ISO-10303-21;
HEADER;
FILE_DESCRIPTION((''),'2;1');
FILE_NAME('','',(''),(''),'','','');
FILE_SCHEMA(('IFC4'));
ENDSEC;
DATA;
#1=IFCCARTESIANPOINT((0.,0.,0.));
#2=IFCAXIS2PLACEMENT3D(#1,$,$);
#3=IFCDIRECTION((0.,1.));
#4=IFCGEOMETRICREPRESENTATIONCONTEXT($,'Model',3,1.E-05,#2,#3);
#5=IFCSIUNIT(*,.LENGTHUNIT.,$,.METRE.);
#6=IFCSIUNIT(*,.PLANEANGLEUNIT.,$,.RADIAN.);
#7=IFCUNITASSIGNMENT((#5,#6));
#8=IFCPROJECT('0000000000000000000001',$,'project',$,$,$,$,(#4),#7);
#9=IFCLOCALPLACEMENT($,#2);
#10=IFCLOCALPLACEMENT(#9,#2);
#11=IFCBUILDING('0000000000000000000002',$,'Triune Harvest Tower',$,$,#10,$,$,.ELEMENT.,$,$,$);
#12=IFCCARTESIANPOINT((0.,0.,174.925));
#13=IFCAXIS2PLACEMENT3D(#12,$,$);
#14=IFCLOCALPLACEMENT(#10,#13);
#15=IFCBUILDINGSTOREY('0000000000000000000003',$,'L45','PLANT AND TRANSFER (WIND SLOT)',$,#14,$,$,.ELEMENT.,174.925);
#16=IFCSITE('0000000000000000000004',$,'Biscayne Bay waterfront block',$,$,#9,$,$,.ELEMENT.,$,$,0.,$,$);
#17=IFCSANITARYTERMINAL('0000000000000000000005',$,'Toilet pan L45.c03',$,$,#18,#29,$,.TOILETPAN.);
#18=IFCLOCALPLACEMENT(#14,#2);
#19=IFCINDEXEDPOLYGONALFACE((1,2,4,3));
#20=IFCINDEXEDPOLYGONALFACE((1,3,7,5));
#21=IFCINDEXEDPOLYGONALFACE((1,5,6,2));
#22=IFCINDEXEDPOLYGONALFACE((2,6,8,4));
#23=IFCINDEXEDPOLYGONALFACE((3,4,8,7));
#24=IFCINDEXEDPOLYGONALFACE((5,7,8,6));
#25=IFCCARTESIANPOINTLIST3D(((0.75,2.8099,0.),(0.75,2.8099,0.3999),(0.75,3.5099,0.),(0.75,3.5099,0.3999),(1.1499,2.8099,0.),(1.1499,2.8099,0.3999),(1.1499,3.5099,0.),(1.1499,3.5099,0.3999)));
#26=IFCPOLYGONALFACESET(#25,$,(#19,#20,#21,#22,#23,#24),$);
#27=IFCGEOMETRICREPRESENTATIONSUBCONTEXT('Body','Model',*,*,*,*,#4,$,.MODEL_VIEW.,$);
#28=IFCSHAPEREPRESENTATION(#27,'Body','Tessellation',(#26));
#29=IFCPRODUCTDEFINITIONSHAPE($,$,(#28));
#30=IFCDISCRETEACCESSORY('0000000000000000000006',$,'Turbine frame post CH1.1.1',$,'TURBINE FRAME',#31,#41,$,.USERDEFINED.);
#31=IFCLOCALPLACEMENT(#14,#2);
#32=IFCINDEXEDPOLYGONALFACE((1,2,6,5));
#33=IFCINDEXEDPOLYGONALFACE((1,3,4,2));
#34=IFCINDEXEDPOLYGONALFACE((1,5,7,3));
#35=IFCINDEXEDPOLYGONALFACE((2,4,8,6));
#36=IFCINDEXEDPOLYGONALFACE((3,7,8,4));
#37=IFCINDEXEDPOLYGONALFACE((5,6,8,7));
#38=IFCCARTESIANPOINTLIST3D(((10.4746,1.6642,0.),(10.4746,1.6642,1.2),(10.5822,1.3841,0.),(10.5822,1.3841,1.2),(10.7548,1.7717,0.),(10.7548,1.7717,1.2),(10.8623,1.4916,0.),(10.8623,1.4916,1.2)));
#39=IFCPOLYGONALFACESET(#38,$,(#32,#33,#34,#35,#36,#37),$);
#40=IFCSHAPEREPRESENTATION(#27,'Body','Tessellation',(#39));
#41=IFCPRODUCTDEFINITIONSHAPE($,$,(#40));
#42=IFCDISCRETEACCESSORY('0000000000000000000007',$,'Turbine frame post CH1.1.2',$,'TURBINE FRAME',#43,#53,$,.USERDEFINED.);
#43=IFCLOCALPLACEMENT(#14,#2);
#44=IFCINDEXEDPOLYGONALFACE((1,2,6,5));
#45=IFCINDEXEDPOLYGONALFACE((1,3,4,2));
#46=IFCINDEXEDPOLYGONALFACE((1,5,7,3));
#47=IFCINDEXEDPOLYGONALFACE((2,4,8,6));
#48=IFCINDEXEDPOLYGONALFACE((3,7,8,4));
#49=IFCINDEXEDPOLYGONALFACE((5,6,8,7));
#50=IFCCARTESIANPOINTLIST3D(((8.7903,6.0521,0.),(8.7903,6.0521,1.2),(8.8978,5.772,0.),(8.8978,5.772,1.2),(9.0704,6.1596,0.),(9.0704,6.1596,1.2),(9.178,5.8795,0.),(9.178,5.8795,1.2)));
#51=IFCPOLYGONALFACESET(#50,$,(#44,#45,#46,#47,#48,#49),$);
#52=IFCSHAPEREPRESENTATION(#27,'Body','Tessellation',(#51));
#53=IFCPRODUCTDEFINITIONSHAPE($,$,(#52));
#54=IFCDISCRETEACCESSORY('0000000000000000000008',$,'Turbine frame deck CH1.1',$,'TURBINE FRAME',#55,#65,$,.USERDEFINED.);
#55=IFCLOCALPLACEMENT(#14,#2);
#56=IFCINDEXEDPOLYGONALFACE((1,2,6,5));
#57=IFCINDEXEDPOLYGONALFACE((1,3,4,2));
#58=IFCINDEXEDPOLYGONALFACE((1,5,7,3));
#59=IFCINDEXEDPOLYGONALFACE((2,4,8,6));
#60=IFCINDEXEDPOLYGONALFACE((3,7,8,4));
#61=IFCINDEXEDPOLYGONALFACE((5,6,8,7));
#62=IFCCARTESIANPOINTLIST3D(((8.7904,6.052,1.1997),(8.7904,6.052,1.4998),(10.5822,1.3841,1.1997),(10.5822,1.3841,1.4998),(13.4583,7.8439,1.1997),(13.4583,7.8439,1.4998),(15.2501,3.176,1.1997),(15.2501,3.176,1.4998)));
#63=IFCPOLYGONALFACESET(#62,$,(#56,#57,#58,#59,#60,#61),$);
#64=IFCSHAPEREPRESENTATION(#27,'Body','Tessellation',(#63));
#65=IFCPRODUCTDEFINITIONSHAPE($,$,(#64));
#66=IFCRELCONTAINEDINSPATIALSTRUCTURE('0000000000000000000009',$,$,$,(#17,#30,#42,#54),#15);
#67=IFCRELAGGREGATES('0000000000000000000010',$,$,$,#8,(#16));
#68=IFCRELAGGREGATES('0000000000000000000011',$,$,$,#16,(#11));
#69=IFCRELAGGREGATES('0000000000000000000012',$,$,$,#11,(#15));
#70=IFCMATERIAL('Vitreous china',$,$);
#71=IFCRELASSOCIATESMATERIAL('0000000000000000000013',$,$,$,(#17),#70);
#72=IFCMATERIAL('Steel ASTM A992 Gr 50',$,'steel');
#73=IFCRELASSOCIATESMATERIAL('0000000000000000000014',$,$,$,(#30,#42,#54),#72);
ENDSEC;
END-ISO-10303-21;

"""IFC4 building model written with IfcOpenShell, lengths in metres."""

from ifc_helpers import new_model, si_unit, direction, frame, origin, origin_2d, place, context, subcontext, project, spatial, rectangle, extrude, source, transform, mapped, material, element, save


model = new_model("IFC4")

# Units and contexts
model_context = context("Model", 3, precision=1e-05, world=origin(), true_north=direction((0.0, 1.0)))
body_context = subcontext(model_context, "Body", "Model", "MODEL_VIEW")
ifc_project = project(units=[si_unit("LENGTHUNIT", "METRE"), si_unit("PLANEANGLEUNIT", "RADIAN")], contexts=[model_context])

# Site, building, storey
site_placement = place(None, origin())
site = spatial("IfcSite", under=ifc_project, at=site_placement, Name="Biscayne Bay waterfront block", CompositionType="ELEMENT", RefElevation=0.0)
building_placement = place(site_placement, origin())
building = spatial("IfcBuilding", under=site, at=building_placement, Name="Triune Harvest Tower", CompositionType="ELEMENT")
storey_placement = place(building_placement, frame((0.0, 0.0, 174.925)))
storey = spatial("IfcBuildingStorey", under=building, at=storey_placement, Name="L45", Description="PLANT AND TRANSFER (WIND SLOT)", CompositionType="ELEMENT", Elevation=174.925)

# Sanitary terminal
ifc_material_1 = material(Name="Vitreous china")
shared_shape_1 = source(origin(), body_context, "Body", "SweptSolid", [
    extrude(rectangle(XDim=0.3999, YDim=0.7, at=origin_2d()), origin(), (0.0, 0.0, 1.0), 0.3999),
])
for number, where, z_axis, x_axis, name in (
    (1, (0.95, 3.1599, 0.0), (0.0, 0.0, 1.0), (-1.0, 0.0, 0.0), "Toilet pan L45.c03"),
):
    element("IfcSanitaryTerminal", number, at=place(storey_placement, frame(where, z_axis=z_axis, x_axis=x_axis)), inside=storey, material=ifc_material_1, Name=name, PredefinedType="TOILETPAN", context=body_context, shape_type="MappedRepresentation", body=[
        mapped(shared_shape_1, transform((0.0, 0.0, 0.0), scale=1.0)),
    ])

# Discrete accessories
ifc_material_2 = material(Name="Steel ASTM A992 Gr 50", Category="steel")
shared_shape_2 = source(origin(), body_context, "Body", "SweptSolid", [
    extrude(rectangle(XDim=0.3, YDim=0.3, at=origin_2d()), origin(), (0.0, 0.0, 1.0), 1.2),
])
for number, where, z_axis, x_axis, name in (
    (2, (10.6685, 1.5779, 0.0), (0.0, 0.0, 1.0), (0.93358, 0.358368, 0.0), "Turbine frame post CH1.1.1"),
    (3, (8.9841, 5.9658, 0.0), (0.0, 0.0, 1.0), (0.93358, 0.358368, 0.0), "Turbine frame post CH1.1.2"),
):
    element("IfcDiscreteAccessory", number, at=place(storey_placement, frame(where, z_axis=z_axis, x_axis=x_axis)), inside=storey, material=ifc_material_2, Name=name, ObjectType="TURBINE FRAME", PredefinedType="USERDEFINED", context=body_context, shape_type="MappedRepresentation", body=[
        mapped(shared_shape_2, transform((0.0, 0.0, 0.0), scale=1.0)),
    ])
shared_shape_3 = source(origin(), body_context, "Body", "SweptSolid", [
    extrude(rectangle(XDim=5.0, YDim=5.0, at=origin_2d()), origin(), (0.0, 0.0, 1.0), 0.3),
])
discrete_accessory_placement = place(storey_placement, frame((12.0203, 4.614, 1.1997), z_axis=(0.0, 0.0, 1.0), x_axis=(0.93358, 0.358368, 0.0)))
element("IfcDiscreteAccessory", 4, at=discrete_accessory_placement, inside=storey, material=ifc_material_2, Name="Turbine frame deck CH1.1", ObjectType="TURBINE FRAME", PredefinedType="USERDEFINED", context=body_context, shape_type="MappedRepresentation", body=[
    mapped(shared_shape_3, transform((0.0, 0.0, 0.0), scale=1.0)),
])

save(model, "model.ifc")
